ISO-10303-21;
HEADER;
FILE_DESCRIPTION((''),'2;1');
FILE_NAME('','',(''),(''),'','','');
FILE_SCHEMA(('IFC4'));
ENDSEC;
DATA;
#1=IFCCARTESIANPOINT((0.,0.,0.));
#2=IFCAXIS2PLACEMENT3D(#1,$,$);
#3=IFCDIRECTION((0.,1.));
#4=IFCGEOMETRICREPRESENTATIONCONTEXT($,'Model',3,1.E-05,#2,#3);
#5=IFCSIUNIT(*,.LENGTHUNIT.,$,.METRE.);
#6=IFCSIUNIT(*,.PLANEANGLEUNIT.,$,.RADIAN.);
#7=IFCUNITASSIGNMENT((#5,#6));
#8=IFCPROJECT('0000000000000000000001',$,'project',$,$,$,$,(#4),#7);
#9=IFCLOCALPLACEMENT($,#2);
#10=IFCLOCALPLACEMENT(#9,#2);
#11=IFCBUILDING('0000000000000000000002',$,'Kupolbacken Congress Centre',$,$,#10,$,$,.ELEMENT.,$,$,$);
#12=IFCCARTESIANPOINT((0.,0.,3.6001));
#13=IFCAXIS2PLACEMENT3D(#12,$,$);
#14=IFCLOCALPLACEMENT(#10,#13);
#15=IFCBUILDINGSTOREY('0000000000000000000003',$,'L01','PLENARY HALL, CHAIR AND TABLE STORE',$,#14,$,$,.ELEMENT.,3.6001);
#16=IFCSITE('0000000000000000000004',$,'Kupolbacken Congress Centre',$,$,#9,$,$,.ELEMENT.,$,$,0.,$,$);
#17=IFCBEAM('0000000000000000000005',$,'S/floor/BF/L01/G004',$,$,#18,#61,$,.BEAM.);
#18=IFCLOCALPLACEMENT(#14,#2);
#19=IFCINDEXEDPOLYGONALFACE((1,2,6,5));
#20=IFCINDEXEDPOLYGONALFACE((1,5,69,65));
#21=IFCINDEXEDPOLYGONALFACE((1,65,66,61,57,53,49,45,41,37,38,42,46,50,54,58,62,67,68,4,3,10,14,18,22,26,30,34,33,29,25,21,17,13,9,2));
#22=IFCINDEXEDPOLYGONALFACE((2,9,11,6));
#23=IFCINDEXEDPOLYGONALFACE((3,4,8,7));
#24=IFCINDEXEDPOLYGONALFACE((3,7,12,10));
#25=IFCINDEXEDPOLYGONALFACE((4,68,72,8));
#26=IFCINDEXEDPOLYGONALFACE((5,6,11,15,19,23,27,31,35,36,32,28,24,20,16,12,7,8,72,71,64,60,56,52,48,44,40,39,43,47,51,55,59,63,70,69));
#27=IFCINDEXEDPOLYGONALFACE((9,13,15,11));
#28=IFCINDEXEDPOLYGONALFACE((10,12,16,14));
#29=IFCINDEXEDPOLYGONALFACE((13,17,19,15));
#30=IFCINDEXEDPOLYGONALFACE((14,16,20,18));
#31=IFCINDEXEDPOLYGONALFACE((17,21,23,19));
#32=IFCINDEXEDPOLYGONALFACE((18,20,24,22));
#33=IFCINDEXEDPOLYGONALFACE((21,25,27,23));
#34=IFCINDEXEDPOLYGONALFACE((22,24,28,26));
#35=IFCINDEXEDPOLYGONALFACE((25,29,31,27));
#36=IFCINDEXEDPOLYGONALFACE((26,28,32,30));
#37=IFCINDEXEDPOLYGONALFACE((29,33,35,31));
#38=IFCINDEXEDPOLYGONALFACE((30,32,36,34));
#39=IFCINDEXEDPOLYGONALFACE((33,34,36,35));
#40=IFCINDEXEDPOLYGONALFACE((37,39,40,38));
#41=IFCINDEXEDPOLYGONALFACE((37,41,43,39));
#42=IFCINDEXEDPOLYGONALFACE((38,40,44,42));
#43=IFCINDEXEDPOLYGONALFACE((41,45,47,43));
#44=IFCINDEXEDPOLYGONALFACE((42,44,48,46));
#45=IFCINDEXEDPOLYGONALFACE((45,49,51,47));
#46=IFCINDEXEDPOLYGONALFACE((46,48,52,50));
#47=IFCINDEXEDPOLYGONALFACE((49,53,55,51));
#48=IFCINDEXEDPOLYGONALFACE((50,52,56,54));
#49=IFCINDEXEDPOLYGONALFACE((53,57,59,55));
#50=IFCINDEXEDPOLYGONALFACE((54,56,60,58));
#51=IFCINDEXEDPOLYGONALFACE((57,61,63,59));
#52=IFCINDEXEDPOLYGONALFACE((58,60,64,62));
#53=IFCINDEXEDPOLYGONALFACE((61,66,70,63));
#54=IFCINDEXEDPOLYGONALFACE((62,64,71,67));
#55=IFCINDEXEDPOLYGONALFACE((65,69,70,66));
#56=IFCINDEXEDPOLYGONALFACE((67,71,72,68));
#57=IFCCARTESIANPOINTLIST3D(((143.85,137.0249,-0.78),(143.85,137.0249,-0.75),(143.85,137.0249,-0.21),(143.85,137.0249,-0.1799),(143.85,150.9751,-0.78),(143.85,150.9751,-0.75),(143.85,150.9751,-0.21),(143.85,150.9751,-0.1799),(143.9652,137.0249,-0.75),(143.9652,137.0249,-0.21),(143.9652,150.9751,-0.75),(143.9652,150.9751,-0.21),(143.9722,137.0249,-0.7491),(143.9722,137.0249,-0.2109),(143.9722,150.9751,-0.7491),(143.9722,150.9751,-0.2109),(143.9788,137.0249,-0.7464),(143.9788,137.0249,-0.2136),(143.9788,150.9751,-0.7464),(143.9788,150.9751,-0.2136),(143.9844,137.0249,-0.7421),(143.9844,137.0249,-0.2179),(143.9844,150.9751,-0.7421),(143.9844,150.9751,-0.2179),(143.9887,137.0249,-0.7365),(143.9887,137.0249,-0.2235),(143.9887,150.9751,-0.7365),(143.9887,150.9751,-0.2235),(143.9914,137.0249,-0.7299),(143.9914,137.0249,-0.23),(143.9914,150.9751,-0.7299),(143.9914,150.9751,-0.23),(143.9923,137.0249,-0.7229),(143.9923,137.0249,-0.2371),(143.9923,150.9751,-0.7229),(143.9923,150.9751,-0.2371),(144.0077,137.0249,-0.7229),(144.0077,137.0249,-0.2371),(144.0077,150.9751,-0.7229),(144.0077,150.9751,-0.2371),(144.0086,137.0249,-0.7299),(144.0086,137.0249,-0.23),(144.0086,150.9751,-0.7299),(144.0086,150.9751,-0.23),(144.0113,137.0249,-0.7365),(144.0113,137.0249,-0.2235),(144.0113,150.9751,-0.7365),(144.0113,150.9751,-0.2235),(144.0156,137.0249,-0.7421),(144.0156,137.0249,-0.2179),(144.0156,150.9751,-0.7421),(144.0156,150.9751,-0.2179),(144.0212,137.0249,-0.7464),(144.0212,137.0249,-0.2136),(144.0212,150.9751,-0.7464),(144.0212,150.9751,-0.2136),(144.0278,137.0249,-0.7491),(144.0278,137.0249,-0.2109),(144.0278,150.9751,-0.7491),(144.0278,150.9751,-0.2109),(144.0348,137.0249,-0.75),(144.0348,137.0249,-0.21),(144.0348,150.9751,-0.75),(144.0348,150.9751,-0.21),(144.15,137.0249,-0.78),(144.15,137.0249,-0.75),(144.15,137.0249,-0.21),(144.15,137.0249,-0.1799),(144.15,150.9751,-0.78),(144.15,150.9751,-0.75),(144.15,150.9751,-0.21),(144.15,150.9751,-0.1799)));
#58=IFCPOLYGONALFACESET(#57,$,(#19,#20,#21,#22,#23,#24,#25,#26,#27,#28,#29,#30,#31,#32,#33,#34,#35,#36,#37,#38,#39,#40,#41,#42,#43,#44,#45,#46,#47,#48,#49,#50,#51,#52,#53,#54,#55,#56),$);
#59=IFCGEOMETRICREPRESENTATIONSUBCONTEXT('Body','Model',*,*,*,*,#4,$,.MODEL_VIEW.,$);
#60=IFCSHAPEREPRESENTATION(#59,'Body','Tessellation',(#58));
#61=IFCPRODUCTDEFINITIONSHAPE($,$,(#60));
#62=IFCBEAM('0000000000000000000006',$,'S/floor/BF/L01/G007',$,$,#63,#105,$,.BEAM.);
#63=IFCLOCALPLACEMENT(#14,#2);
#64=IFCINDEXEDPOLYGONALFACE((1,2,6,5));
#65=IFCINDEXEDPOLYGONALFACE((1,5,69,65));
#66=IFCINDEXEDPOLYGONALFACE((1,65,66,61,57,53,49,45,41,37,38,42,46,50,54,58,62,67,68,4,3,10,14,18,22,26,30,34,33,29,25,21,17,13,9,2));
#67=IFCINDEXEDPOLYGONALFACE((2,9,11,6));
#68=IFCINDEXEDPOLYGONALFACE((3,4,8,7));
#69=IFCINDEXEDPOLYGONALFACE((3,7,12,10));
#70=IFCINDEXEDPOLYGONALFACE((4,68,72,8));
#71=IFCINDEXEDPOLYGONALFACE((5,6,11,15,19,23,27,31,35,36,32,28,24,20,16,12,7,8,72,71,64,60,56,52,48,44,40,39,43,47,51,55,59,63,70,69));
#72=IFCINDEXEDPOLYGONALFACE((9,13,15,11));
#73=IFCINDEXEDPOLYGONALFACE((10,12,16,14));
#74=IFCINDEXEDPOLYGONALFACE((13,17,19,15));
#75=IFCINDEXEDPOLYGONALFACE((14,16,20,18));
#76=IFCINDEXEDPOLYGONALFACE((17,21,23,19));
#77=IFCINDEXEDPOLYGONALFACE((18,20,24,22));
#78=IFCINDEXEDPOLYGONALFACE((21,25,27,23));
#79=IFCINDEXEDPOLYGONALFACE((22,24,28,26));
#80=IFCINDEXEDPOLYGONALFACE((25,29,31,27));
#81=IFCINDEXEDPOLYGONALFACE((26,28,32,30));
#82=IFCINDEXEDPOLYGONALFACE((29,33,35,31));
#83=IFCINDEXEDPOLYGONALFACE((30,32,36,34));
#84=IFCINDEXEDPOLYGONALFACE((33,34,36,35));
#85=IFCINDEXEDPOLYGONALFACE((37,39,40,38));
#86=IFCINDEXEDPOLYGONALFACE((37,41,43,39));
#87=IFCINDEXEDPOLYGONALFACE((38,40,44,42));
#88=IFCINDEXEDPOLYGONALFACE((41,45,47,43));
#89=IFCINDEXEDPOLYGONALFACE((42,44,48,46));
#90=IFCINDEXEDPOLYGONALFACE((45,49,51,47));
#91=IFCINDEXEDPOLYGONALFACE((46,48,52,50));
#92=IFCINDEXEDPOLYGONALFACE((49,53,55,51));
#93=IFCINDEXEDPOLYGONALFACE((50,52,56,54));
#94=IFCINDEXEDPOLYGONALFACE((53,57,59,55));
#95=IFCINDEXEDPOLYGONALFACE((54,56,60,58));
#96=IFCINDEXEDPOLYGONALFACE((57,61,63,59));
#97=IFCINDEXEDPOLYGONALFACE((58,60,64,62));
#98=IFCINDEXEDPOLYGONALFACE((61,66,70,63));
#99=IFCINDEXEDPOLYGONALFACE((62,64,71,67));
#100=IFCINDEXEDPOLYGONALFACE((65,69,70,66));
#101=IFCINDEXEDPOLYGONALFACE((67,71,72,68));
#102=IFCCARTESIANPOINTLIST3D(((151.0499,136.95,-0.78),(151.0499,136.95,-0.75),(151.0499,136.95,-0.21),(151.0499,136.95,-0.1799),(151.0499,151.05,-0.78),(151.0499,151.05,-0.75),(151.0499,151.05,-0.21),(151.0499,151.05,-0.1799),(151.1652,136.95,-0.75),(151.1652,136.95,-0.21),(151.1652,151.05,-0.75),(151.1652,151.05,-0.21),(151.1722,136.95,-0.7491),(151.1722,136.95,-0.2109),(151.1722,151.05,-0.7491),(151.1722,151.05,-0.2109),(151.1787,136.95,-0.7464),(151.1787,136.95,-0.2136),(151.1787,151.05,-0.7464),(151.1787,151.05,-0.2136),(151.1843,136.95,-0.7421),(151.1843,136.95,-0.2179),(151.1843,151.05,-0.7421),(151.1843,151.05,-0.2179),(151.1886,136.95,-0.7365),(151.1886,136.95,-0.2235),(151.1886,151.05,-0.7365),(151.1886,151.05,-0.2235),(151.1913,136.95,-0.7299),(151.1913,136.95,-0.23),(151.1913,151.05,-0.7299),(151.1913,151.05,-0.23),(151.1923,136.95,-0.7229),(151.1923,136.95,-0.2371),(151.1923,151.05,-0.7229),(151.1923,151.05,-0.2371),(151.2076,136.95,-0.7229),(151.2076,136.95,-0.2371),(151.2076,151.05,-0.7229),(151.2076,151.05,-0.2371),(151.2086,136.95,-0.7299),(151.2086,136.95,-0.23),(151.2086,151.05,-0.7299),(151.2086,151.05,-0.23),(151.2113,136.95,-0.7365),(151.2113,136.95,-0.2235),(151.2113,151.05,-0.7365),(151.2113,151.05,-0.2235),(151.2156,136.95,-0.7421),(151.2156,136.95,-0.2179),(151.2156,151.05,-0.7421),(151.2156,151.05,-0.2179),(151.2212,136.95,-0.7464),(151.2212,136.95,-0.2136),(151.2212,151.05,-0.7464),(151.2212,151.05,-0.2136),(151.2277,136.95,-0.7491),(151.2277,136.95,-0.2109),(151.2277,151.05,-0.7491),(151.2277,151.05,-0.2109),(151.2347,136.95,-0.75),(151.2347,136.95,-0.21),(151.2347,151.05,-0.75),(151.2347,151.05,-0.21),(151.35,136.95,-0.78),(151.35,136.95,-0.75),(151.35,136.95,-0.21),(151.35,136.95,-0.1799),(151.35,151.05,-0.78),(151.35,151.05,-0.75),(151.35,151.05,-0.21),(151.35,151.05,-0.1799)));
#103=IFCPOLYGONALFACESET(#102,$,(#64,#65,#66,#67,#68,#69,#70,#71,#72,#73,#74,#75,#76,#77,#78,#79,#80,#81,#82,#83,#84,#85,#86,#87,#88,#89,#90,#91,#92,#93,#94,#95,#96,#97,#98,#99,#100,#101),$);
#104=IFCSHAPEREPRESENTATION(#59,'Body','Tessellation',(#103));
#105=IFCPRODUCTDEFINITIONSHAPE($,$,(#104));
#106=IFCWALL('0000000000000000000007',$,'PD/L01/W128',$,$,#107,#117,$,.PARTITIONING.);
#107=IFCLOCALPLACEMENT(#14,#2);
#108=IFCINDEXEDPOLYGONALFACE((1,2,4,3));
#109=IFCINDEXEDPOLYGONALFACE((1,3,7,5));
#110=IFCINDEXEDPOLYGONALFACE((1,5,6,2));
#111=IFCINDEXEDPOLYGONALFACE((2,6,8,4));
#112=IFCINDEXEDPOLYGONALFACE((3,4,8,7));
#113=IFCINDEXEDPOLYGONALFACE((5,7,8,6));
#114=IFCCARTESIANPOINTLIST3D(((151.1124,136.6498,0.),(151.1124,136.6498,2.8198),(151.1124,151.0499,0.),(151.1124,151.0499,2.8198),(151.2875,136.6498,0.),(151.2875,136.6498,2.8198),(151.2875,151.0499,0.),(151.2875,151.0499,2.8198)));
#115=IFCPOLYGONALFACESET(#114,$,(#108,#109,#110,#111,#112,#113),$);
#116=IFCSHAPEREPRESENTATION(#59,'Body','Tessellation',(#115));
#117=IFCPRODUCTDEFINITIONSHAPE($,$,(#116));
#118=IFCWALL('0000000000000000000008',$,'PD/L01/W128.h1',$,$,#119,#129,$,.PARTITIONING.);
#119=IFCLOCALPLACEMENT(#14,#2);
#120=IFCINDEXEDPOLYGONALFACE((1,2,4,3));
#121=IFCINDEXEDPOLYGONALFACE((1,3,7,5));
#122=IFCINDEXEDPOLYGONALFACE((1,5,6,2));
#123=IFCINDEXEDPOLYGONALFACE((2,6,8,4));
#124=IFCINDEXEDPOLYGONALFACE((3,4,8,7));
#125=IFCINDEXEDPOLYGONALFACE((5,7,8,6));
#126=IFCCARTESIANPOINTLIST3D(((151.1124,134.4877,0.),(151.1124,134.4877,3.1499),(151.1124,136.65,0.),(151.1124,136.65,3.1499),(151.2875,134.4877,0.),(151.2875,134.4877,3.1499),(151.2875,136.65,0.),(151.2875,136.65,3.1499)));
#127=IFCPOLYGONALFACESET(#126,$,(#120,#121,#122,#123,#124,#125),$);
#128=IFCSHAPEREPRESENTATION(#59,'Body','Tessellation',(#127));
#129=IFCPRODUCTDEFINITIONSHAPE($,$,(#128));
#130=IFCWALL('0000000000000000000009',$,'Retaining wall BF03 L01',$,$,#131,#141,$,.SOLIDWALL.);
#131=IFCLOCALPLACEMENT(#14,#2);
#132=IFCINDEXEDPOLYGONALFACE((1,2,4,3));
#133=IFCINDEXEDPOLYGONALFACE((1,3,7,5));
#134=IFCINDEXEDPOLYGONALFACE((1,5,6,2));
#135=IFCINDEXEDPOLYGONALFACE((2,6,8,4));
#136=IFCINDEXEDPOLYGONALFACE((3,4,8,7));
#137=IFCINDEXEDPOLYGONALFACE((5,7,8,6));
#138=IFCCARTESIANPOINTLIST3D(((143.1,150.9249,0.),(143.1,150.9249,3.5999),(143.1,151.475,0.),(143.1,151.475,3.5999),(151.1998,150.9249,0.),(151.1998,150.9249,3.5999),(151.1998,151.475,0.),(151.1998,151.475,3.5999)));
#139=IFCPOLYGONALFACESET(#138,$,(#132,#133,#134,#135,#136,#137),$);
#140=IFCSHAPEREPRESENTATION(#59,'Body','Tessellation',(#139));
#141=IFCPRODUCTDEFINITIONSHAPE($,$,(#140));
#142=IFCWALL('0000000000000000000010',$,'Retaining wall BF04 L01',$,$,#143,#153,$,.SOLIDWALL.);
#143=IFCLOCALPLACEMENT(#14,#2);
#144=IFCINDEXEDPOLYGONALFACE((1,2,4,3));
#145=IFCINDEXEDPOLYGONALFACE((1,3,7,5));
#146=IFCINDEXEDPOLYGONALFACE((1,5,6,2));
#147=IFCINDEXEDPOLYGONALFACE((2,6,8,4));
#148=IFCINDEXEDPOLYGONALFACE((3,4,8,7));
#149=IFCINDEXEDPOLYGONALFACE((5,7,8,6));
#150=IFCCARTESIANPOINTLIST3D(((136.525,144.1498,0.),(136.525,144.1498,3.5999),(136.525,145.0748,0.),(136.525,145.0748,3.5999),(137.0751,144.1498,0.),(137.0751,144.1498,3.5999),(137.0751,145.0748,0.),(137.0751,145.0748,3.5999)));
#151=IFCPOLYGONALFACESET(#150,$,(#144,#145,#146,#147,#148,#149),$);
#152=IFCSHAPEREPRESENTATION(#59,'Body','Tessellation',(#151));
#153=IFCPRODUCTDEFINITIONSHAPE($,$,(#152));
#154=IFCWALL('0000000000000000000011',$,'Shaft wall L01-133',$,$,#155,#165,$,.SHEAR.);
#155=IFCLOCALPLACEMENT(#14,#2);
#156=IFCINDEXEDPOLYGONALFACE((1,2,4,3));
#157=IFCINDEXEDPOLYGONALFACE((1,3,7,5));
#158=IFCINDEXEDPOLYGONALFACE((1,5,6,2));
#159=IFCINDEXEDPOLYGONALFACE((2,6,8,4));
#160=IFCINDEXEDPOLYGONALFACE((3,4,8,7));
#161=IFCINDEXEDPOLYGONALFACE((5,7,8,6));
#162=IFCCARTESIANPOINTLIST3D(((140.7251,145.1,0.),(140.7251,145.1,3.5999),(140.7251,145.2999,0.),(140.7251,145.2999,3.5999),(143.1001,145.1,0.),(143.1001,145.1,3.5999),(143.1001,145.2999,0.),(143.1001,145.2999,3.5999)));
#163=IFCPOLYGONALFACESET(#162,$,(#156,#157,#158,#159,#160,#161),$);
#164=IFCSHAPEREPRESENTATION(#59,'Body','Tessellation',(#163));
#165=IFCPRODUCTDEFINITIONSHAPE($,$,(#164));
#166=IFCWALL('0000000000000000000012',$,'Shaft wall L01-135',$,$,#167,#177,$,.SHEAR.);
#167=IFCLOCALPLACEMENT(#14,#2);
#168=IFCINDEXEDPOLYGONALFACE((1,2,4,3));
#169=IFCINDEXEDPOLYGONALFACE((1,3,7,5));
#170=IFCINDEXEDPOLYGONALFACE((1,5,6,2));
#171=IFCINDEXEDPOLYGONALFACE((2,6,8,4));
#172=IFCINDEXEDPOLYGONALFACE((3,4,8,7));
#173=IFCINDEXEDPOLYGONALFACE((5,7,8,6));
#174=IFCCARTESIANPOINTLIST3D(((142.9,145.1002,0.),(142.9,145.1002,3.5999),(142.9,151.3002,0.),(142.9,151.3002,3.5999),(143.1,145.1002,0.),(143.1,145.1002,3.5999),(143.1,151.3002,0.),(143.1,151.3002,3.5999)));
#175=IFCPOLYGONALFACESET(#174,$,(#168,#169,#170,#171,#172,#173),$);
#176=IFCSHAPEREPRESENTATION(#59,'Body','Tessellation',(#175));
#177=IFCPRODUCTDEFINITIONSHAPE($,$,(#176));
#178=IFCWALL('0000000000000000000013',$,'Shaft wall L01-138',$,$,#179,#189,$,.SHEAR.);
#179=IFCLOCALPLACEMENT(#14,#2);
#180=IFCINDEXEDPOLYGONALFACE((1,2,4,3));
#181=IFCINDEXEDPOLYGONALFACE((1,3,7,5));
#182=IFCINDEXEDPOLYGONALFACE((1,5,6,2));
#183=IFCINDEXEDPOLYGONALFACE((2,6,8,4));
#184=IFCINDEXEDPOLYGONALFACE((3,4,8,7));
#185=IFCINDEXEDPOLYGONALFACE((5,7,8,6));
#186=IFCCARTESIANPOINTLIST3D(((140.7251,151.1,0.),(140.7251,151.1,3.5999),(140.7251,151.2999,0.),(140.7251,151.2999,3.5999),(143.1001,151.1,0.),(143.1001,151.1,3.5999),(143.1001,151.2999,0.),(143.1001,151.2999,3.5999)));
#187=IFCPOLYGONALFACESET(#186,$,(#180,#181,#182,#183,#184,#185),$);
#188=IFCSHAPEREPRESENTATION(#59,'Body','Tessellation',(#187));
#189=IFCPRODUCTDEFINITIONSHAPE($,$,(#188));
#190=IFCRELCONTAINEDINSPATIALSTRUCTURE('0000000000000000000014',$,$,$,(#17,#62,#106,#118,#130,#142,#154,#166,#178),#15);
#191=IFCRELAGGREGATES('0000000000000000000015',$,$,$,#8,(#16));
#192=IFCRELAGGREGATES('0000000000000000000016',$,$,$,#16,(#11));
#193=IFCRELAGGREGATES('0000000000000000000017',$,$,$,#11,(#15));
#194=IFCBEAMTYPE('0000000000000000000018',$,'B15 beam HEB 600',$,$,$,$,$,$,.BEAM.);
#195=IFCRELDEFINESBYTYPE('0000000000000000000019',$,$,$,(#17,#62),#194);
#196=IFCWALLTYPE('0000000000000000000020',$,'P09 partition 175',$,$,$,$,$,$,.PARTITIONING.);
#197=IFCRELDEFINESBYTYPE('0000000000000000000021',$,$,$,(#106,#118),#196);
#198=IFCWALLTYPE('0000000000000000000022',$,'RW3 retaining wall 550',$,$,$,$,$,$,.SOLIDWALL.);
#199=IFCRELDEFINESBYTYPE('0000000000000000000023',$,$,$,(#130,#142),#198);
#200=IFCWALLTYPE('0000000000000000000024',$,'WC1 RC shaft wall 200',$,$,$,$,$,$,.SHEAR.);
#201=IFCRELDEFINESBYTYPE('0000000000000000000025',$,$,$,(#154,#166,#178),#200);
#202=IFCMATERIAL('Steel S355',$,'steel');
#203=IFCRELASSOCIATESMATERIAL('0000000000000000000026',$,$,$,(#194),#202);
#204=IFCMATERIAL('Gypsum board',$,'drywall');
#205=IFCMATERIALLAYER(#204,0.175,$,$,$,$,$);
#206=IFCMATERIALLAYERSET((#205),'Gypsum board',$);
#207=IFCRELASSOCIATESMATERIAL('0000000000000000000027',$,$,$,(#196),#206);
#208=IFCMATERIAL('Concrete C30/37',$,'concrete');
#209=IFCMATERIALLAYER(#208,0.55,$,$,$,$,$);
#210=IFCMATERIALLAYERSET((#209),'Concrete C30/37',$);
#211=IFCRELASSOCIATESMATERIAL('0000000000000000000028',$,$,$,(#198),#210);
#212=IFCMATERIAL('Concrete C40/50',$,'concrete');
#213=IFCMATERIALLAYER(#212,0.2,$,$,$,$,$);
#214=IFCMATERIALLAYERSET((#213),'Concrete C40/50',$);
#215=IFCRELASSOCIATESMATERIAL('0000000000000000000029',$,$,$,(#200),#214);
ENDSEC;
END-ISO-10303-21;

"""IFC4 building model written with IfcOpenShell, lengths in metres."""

from ifc_helpers import new_model, si_unit, direction, frame, frame_2d, origin, origin_2d, place, context, subcontext, project, spatial, rectangle, i_section, extrude, material, layer, layer_set, material_profile, profile_set, type_object, element, save


model = new_model("IFC4")

# Units and contexts
model_context = context("Model", 3, precision=1e-05, world=origin(), true_north=direction((0.0, 1.0)))
body_context = subcontext(model_context, "Body", "Model", "MODEL_VIEW")
ifc_project = project(units=[si_unit("LENGTHUNIT", "METRE"), si_unit("PLANEANGLEUNIT", "RADIAN")], contexts=[model_context])

# Site, building, storey
site_placement = place(None, origin())
site = spatial("IfcSite", under=ifc_project, at=site_placement, Name="Kupolbacken Congress Centre", CompositionType="ELEMENT", RefElevation=0.0)
building_placement = place(site_placement, origin())
building = spatial("IfcBuilding", under=site, at=building_placement, Name="Kupolbacken Congress Centre", CompositionType="ELEMENT")
storey_placement = place(building_placement, frame((0.0, 0.0, 3.6001)))
storey = spatial("IfcBuildingStorey", under=building, at=storey_placement, Name="L01", Description="PLENARY HALL, CHAIR AND TABLE STORE", CompositionType="ELEMENT", Elevation=3.6001)

# Beams
ifc_material_1 = material(Name="Steel S355", Category="steel")
ifc_material_profile_1 = material_profile(ifc_material_1, i_section(OverallWidth=0.3, OverallDepth=0.6001, WebThickness=0.0154, FlangeThickness=0.03, FilletRadius=0.0271, at=origin_2d()), Name="HEB 600")
ifc_profile_set_1 = profile_set([ifc_material_profile_1], Name="Steel S355")
beam_type_1 = type_object("IfcBeamType", Name="B15 beam HEB 600", PredefinedType="BEAM", material=ifc_profile_set_1)
beam_1_placement = place(storey_placement, frame((144.0, 137.0249, -0.48), z_axis=(0.0, 1.0, 0.0), x_axis=(-1.0, 0.0, 0.0)))
element("IfcBeam", 1, at=beam_1_placement, inside=storey, type_object=beam_type_1, Name="S/floor/BF/L01/G004", PredefinedType="BEAM", context=body_context, shape_type="SweptSolid", body=[
    extrude(i_section(OverallWidth=0.3, OverallDepth=0.6001, WebThickness=0.0154, FlangeThickness=0.03, FilletRadius=0.0271, at=origin_2d()), origin(), (0.0, 0.0, 1.0), 13.9502),
])
beam_2_placement = place(storey_placement, frame((151.2, 136.95, -0.48), z_axis=(0.0, 1.0, 0.0), x_axis=(-1.0, 0.0, 0.0)))
element("IfcBeam", 2, at=beam_2_placement, inside=storey, type_object=beam_type_1, Name="S/floor/BF/L01/G007", PredefinedType="BEAM", context=body_context, shape_type="SweptSolid", body=[
    extrude(i_section(OverallWidth=0.3, OverallDepth=0.6001, WebThickness=0.0154, FlangeThickness=0.03, FilletRadius=0.0271, at=origin_2d()), origin(), (0.0, 0.0, 1.0), 14.1001),
])

# Walls
ifc_material_2 = material(Name="Gypsum board", Category="drywall")
ifc_layer_1 = layer(ifc_material_2, 0.175)
ifc_layer_set_1 = layer_set([ifc_layer_1], Name="Gypsum board")
wall_type_1 = type_object("IfcWallType", Name="P09 partition 175", PredefinedType="PARTITIONING", material=ifc_layer_set_1)
wall_1_placement = place(storey_placement, frame((151.2, 151.05, 0.0), z_axis=(0.0, 0.0, 1.0), x_axis=(0.0, -1.0, 0.0)))
element("IfcWall", 3, at=wall_1_placement, inside=storey, type_object=wall_type_1, Name="PD/L01/W128", PredefinedType="PARTITIONING", context=body_context, shape_type="SweptSolid", body=[
    extrude(rectangle(XDim=14.4001, YDim=0.175, at=frame_2d((7.2002, 0.0))), origin(), (0.0, 0.0, 1.0), 2.8198),
])
wall_2_placement = place(storey_placement, frame((151.2, 136.6499, 0.0), z_axis=(0.0, 0.0, 1.0), x_axis=(0.0, -1.0, 0.0)))
element("IfcWall", 4, at=wall_2_placement, inside=storey, type_object=wall_type_1, Name="PD/L01/W128.h1", PredefinedType="PARTITIONING", context=body_context, shape_type="SweptSolid", body=[
    extrude(rectangle(XDim=2.1624, YDim=0.175, at=frame_2d((1.0811, 0.0))), origin(), (0.0, 0.0, 1.0), 3.1499),
])
ifc_material_3 = material(Name="Concrete C30/37", Category="concrete")
ifc_layer_2 = layer(ifc_material_3, 0.55)
ifc_layer_set_2 = layer_set([ifc_layer_2], Name="Concrete C30/37")
wall_type_2 = type_object("IfcWallType", Name="RW3 retaining wall 550", PredefinedType="SOLIDWALL", material=ifc_layer_set_2)
wall_3_placement = place(storey_placement, frame((143.1001, 151.2, 0.0), z_axis=(0.0, 0.0, 1.0), x_axis=(1.0, 0.0, 0.0)))
element("IfcWall", 5, at=wall_3_placement, inside=storey, type_object=wall_type_2, Name="Retaining wall BF03 L01", PredefinedType="SOLIDWALL", context=body_context, shape_type="SweptSolid", body=[
    extrude(rectangle(XDim=8.0999, YDim=0.55, at=frame_2d((4.0498, 0.0))), origin(), (0.0, 0.0, 1.0), 3.5999),
])
wall_4_placement = place(storey_placement, frame((136.8, 144.1499, 0.0), z_axis=(0.0, 0.0, 1.0), x_axis=(0.0, 1.0, 0.0)))
element("IfcWall", 6, at=wall_4_placement, inside=storey, type_object=wall_type_2, Name="Retaining wall BF04 L01", PredefinedType="SOLIDWALL", context=body_context, shape_type="SweptSolid", body=[
    extrude(rectangle(XDim=0.925, YDim=0.55, at=frame_2d((0.4624, 0.0))), origin(), (0.0, 0.0, 1.0), 3.5999),
])
ifc_material_4 = material(Name="Concrete C40/50", Category="concrete")
ifc_layer_3 = layer(ifc_material_4, 0.2)
ifc_layer_set_3 = layer_set([ifc_layer_3], Name="Concrete C40/50")
wall_type_3 = type_object("IfcWallType", Name="WC1 RC shaft wall 200", PredefinedType="SHEAR", material=ifc_layer_set_3)
wall_5_placement = place(storey_placement, frame((140.7251, 145.2, 0.0), z_axis=(0.0, 0.0, 1.0), x_axis=(1.0, 0.0, 0.0)))
element("IfcWall", 7, at=wall_5_placement, inside=storey, type_object=wall_type_3, Name="Shaft wall L01-133", PredefinedType="SHEAR", context=body_context, shape_type="SweptSolid", body=[
    extrude(rectangle(XDim=2.375, YDim=0.2, at=frame_2d((1.1875, 0.0))), origin(), (0.0, 0.0, 1.0), 3.5999),
])
wall_6_placement = place(storey_placement, frame((143.0, 145.1001, 0.0), z_axis=(0.0, 0.0, 1.0), x_axis=(0.0, 1.0, 0.0)))
element("IfcWall", 8, at=wall_6_placement, inside=storey, type_object=wall_type_3, Name="Shaft wall L01-135", PredefinedType="SHEAR", context=body_context, shape_type="SweptSolid", body=[
    extrude(rectangle(XDim=6.2, YDim=0.2, at=frame_2d((3.1001, 0.0))), origin(), (0.0, 0.0, 1.0), 3.5999),
])
wall_7_placement = place(storey_placement, frame((143.1001, 151.2, 0.0), z_axis=(0.0, 0.0, 1.0), x_axis=(-1.0, 0.0, 0.0)))
element("IfcWall", 9, at=wall_7_placement, inside=storey, type_object=wall_type_3, Name="Shaft wall L01-138", PredefinedType="SHEAR", context=body_context, shape_type="SweptSolid", body=[
    extrude(rectangle(XDim=2.375, YDim=0.2, at=frame_2d((1.1875, 0.0))), origin(), (0.0, 0.0, 1.0), 3.5999),
])

save(model, "model.ifc")
